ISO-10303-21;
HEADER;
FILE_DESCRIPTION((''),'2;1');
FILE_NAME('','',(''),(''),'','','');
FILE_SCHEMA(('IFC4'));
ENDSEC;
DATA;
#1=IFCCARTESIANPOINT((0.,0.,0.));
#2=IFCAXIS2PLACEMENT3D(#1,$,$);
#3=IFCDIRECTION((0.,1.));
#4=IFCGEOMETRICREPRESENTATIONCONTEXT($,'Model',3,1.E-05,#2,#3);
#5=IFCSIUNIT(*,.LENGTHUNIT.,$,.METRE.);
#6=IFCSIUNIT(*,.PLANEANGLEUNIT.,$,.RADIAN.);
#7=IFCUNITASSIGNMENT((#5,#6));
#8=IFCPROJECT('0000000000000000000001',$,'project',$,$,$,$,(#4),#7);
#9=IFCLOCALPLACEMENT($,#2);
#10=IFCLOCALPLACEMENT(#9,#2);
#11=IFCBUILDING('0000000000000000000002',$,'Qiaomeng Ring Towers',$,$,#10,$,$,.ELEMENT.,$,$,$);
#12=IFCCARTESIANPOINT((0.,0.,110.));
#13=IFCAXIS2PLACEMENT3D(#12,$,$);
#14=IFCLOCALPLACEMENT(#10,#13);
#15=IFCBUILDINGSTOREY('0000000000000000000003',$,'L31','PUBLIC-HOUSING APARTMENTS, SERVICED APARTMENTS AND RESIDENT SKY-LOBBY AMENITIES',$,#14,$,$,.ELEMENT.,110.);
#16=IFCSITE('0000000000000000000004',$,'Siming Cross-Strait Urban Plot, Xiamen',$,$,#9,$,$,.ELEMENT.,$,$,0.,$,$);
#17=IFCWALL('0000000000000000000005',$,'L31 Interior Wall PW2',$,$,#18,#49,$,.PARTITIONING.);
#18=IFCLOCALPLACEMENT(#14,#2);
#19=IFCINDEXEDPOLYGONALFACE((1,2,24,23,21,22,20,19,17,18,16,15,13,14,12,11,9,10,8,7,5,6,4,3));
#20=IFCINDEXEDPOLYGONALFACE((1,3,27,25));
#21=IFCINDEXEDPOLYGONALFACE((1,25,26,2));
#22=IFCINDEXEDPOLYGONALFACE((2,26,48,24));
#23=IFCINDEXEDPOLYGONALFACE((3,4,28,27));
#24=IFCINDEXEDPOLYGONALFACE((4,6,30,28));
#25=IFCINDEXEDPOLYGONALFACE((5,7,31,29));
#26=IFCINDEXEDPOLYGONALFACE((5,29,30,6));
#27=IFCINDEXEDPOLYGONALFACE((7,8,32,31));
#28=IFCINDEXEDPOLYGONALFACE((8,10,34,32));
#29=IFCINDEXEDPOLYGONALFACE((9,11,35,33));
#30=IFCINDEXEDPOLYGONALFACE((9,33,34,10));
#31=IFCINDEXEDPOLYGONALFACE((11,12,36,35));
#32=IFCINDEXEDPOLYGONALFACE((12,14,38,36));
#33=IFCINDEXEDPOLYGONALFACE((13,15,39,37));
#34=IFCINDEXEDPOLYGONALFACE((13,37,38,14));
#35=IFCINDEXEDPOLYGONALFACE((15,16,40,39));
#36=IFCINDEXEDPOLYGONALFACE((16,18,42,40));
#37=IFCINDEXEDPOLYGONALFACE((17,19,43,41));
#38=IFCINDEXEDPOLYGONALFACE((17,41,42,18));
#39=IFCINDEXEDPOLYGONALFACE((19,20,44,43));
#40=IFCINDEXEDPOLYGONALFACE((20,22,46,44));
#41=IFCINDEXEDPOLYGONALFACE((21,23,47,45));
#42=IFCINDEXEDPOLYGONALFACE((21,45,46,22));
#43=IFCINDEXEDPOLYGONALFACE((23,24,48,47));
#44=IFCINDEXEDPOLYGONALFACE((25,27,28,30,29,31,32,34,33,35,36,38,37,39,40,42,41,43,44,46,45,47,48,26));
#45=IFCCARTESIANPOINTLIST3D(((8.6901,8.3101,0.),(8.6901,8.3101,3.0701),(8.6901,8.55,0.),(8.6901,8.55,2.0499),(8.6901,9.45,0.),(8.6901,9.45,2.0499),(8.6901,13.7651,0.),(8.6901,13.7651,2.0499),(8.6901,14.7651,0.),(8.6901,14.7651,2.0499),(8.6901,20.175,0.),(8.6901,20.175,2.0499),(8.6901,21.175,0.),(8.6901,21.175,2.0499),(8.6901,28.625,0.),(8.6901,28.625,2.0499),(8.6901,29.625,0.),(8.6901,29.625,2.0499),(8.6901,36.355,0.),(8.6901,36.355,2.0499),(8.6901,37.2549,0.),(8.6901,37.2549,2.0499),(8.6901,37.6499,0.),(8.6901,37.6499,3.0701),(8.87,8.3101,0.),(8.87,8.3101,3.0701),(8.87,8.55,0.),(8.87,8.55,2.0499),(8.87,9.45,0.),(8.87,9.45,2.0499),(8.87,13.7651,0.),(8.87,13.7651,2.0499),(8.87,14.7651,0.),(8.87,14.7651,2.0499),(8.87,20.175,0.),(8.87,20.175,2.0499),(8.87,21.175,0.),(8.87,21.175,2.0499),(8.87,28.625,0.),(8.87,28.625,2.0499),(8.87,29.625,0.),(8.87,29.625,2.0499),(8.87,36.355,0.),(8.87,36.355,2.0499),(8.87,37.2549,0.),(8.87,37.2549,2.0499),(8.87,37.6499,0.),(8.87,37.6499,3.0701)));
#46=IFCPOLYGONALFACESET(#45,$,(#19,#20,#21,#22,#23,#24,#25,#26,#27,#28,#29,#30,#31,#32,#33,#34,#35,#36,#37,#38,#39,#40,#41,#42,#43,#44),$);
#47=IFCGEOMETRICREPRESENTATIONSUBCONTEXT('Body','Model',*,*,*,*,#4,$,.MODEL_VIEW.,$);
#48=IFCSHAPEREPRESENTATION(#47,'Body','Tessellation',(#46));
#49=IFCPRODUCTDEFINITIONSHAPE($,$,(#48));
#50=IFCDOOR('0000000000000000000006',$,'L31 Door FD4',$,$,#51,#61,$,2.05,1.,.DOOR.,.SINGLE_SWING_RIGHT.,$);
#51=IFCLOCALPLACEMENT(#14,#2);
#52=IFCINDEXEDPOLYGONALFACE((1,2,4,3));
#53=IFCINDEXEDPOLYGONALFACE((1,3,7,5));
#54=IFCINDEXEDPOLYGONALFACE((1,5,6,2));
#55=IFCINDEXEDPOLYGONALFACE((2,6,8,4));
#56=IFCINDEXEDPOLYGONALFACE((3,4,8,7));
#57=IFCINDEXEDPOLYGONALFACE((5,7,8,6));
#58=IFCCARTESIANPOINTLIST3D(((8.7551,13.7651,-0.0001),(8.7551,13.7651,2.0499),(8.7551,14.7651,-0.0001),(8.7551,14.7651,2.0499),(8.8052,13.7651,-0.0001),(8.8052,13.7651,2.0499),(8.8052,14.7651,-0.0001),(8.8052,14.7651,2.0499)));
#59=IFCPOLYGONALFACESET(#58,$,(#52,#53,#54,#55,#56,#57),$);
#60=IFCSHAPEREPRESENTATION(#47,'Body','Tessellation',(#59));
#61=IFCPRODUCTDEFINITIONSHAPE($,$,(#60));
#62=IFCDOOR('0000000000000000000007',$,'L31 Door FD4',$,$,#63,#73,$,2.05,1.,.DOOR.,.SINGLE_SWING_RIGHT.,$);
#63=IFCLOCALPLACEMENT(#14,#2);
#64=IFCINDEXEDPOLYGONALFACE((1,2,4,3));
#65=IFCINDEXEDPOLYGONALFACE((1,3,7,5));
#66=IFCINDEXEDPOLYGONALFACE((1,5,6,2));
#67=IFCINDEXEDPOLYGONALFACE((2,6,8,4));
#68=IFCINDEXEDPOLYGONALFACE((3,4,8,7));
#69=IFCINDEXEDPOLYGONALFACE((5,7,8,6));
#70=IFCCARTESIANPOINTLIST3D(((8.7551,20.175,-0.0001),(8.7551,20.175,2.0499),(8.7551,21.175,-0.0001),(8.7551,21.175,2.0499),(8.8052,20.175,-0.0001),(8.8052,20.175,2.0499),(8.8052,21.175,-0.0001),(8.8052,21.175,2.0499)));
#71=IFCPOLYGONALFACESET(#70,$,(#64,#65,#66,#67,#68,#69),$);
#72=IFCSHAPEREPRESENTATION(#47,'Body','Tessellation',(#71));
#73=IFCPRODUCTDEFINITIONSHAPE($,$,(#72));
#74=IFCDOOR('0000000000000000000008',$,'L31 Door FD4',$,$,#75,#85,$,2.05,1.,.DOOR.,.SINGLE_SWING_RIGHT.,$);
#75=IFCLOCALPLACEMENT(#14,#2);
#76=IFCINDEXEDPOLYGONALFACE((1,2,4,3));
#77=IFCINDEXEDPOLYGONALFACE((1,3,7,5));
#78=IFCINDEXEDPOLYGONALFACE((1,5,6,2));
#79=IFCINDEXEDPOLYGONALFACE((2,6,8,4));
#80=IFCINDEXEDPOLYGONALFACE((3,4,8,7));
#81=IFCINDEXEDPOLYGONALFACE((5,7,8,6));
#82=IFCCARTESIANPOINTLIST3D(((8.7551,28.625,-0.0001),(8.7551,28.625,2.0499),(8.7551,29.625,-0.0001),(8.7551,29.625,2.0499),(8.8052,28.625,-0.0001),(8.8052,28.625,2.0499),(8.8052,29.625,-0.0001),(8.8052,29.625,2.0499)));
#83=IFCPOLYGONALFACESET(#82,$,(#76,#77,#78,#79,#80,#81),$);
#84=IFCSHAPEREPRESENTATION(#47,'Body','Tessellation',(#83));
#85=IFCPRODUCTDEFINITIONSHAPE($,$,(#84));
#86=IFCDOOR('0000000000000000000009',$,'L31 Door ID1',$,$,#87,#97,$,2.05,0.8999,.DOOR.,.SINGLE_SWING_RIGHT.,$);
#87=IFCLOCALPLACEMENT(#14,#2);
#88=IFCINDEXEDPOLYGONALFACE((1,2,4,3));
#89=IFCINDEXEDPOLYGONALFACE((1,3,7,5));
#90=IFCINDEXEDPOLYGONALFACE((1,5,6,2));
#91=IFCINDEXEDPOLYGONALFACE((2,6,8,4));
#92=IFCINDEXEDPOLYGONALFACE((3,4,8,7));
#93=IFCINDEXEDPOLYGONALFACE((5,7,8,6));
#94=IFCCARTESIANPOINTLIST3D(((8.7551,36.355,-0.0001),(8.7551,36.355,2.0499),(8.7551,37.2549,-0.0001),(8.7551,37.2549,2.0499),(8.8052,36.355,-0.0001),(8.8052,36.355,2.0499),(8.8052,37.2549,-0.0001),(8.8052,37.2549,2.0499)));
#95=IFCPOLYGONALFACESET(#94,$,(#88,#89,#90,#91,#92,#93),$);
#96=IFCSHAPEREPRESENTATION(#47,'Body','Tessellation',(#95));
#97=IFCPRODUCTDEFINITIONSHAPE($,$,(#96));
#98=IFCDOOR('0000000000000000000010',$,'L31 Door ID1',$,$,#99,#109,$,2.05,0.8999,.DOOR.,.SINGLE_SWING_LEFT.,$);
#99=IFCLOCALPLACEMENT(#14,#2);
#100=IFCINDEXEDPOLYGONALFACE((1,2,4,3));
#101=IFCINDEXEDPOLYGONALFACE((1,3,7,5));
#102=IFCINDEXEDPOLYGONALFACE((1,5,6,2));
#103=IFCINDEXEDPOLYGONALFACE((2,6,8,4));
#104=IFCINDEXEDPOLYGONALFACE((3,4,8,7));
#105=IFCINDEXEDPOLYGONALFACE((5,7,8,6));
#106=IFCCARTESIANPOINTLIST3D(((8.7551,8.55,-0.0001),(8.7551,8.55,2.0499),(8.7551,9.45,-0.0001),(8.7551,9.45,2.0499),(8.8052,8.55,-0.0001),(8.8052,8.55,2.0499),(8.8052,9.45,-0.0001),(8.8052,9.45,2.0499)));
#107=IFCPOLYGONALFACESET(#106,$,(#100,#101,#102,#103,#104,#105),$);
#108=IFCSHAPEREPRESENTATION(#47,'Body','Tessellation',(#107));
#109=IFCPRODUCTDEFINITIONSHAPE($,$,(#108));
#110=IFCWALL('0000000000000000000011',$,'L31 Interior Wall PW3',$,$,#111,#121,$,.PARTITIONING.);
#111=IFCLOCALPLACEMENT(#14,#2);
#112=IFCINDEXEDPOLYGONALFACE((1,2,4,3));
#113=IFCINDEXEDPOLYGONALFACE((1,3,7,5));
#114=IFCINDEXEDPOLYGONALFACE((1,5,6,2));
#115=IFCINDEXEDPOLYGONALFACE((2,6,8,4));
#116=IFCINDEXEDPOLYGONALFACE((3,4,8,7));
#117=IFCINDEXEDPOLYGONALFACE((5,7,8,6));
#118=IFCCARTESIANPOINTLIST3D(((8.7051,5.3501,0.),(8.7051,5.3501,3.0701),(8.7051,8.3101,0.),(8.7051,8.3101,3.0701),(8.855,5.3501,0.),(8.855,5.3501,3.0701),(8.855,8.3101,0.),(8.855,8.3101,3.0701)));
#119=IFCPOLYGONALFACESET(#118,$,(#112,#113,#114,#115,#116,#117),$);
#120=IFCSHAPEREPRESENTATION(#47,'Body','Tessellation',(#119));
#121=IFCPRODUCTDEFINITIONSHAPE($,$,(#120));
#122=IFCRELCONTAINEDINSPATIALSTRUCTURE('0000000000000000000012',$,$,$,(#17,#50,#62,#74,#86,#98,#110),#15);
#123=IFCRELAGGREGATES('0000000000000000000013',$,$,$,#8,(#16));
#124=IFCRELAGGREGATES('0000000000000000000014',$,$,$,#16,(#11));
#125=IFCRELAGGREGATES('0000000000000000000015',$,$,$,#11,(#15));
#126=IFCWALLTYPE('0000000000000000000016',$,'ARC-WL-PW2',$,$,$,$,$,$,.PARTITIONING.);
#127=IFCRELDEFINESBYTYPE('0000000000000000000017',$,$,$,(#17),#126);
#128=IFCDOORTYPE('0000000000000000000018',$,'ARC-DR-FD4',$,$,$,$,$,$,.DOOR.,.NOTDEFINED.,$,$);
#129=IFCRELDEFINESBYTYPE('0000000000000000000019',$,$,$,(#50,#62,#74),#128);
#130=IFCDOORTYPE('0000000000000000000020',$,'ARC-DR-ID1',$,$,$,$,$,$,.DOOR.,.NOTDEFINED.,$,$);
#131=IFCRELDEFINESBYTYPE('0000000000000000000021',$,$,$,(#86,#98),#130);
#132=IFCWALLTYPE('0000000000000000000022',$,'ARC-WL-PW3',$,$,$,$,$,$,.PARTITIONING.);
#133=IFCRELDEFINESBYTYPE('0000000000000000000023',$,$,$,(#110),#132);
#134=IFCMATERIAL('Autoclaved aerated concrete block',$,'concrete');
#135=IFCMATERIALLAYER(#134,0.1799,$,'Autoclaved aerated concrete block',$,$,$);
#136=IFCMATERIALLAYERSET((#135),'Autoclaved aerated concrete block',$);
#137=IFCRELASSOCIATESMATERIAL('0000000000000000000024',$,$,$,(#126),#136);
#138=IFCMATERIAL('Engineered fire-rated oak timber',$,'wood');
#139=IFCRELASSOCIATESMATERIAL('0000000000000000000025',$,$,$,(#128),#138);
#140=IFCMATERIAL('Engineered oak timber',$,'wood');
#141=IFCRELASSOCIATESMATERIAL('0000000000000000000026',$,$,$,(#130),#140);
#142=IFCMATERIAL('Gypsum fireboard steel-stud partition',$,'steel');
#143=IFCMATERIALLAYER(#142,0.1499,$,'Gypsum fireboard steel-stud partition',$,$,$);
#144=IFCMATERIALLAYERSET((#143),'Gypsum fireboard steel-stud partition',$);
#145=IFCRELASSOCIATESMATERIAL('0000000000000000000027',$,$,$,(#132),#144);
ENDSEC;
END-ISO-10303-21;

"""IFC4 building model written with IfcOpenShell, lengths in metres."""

from ifc_helpers import new_model, si_unit, direction, frame, frame_2d, origin, place, context, subcontext, project, spatial, rectangle, extrude, source, transform, mapped, material, layer, layer_set, type_object, element, fill, save


model = new_model("IFC4")

# Units and contexts
model_context = context("Model", 3, precision=1e-05, world=origin(), true_north=direction((0.0, 1.0)))
body_context = subcontext(model_context, "Body", "Model", "MODEL_VIEW")
ifc_project = project(units=[si_unit("LENGTHUNIT", "METRE"), si_unit("PLANEANGLEUNIT", "RADIAN")], contexts=[model_context])

# Site, building, storey
site_placement = place(None, origin())
site = spatial("IfcSite", under=ifc_project, at=site_placement, Name="Siming Cross-Strait Urban Plot, Xiamen", CompositionType="ELEMENT", RefElevation=0.0)
building_placement = place(site_placement, origin())
building = spatial("IfcBuilding", under=site, at=building_placement, Name="Qiaomeng Ring Towers", CompositionType="ELEMENT")
storey_placement = place(building_placement, frame((0.0, 0.0, 110.0)))
storey = spatial("IfcBuildingStorey", under=building, at=storey_placement, Name="L31", Description="PUBLIC-HOUSING APARTMENTS, SERVICED APARTMENTS AND RESIDENT SKY-LOBBY AMENITIES", CompositionType="ELEMENT", Elevation=110.0)

# Wall, openings, doors
ifc_material_1 = material(Name="Autoclaved aerated concrete block", Category="concrete")
ifc_layer_1 = layer(ifc_material_1, 0.1799, Name="Autoclaved aerated concrete block")
ifc_layer_set_1 = layer_set([ifc_layer_1], Name="Autoclaved aerated concrete block")
wall_type_1 = type_object("IfcWallType", Name="ARC-WL-PW2", PredefinedType="PARTITIONING", material=ifc_layer_set_1)
ifc_material_2 = material(Name="Engineered fire-rated oak timber", Category="wood")
door_type_1 = type_object("IfcDoorType", Name="ARC-DR-FD4", OperationType="NOTDEFINED", PredefinedType="DOOR", material=ifc_material_2)
shared_shape_1 = source(origin(), body_context, "Body", "SweptSolid", [
    extrude(rectangle(XDim=1.0, YDim=2.05, at=frame_2d((0.5, 1.0249))), frame((0.0, 0.0249, 0.0), z_axis=(0.0, -1.0, 0.0), x_axis=(1.0, 0.0, 0.0)), (0.0, 0.0, 1.0), 0.05),
])
wall_1_placement = place(storey_placement, frame((8.78, 8.3101, 0.0), z_axis=(0.0, 0.0, 1.0), x_axis=(0.0, 1.0, 0.0)))
wall_1 = element("IfcWall", 1, at=wall_1_placement, inside=storey, type_object=wall_type_1, Name="L31 Interior Wall PW2", PredefinedType="PARTITIONING", context=body_context, shape_type="SweptSolid", body=[
    extrude(rectangle(XDim=29.3398, YDim=0.1799, at=frame_2d((14.6699, 0.0))), origin(), (0.0, 0.0, 1.0), 3.0701),
])
opening_1_placement = place(wall_1_placement, frame((28.0449, 0.0, 0.0)))
opening_1 = element("IfcOpeningElement", 2, at=opening_1_placement, cuts=wall_1, PredefinedType="OPENING", context=body_context, shape_type="SweptSolid", body=[
    extrude(rectangle(XDim=0.8999, YDim=2.05, at=frame_2d((0.45, 1.0249))), frame((0.0, 0.0999, 0.0), z_axis=(0.0, -1.0, 0.0), x_axis=(1.0, 0.0, 0.0)), (0.0, 0.0, 1.0), 0.2),
])
opening_2_placement = place(wall_1_placement, frame((0.24, 0.0, 0.0)))
opening_2 = element("IfcOpeningElement", 3, at=opening_2_placement, cuts=wall_1, PredefinedType="OPENING", context=body_context, shape_type="SweptSolid", body=[
    extrude(rectangle(XDim=0.8999, YDim=2.05, at=frame_2d((0.45, 1.0249))), frame((0.0, 0.0999, 0.0), z_axis=(0.0, -1.0, 0.0), x_axis=(1.0, 0.0, 0.0)), (0.0, 0.0, 1.0), 0.2),
])
opening_3_placement = place(wall_1_placement, frame((5.4551, 0.0, 0.0)))
opening_3 = element("IfcOpeningElement", 4, at=opening_3_placement, cuts=wall_1, PredefinedType="OPENING", context=body_context, shape_type="SweptSolid", body=[
    extrude(rectangle(XDim=1.0, YDim=2.05, at=frame_2d((0.5, 1.0249))), frame((0.0, 0.0999, 0.0), z_axis=(0.0, -1.0, 0.0), x_axis=(1.0, 0.0, 0.0)), (0.0, 0.0, 1.0), 0.2),
])
opening_4_placement = place(wall_1_placement, frame((11.865, 0.0, 0.0)))
opening_4 = element("IfcOpeningElement", 5, at=opening_4_placement, cuts=wall_1, PredefinedType="OPENING", context=body_context, shape_type="SweptSolid", body=[
    extrude(rectangle(XDim=1.0, YDim=2.05, at=frame_2d((0.5, 1.0249))), frame((0.0, 0.0999, 0.0), z_axis=(0.0, -1.0, 0.0), x_axis=(1.0, 0.0, 0.0)), (0.0, 0.0, 1.0), 0.2),
])
opening_5_placement = place(wall_1_placement, frame((20.3149, 0.0, 0.0)))
opening_5 = element("IfcOpeningElement", 6, at=opening_5_placement, cuts=wall_1, PredefinedType="OPENING", context=body_context, shape_type="SweptSolid", body=[
    extrude(rectangle(XDim=1.0, YDim=2.05, at=frame_2d((0.5, 1.0249))), frame((0.0, 0.0999, 0.0), z_axis=(0.0, -1.0, 0.0), x_axis=(1.0, 0.0, 0.0)), (0.0, 0.0, 1.0), 0.2),
])
door_1_placement = place(opening_3_placement, origin())
door_1 = element("IfcDoor", 7, at=door_1_placement, inside=storey, type_object=door_type_1, Name="L31 Door FD4", OperationType="SINGLE_SWING_RIGHT", OverallHeight=2.05, OverallWidth=1.0, PredefinedType="DOOR", context=body_context, shape_type="MappedRepresentation", body=[
    mapped(shared_shape_1, transform((0.0, 0.0, 0.0), x_axis=(1.0, 0.0, 0.0), y_axis=(0.0, 1.0, 0.0), z_axis=(0.0, 0.0, 1.0), scale=1.0)),
])
fill(opening_3, door_1)
door_2_placement = place(opening_4_placement, origin())
door_2 = element("IfcDoor", 8, at=door_2_placement, inside=storey, type_object=door_type_1, Name="L31 Door FD4", OperationType="SINGLE_SWING_RIGHT", OverallHeight=2.05, OverallWidth=1.0, PredefinedType="DOOR", context=body_context, shape_type="MappedRepresentation", body=[
    mapped(shared_shape_1, transform((0.0, 0.0, 0.0), x_axis=(1.0, 0.0, 0.0), y_axis=(0.0, 1.0, 0.0), z_axis=(0.0, 0.0, 1.0), scale=1.0)),
])
fill(opening_4, door_2)
door_3_placement = place(opening_5_placement, origin())
door_3 = element("IfcDoor", 9, at=door_3_placement, inside=storey, type_object=door_type_1, Name="L31 Door FD4", OperationType="SINGLE_SWING_RIGHT", OverallHeight=2.05, OverallWidth=1.0, PredefinedType="DOOR", context=body_context, shape_type="MappedRepresentation", body=[
    mapped(shared_shape_1, transform((0.0, 0.0, 0.0), x_axis=(1.0, 0.0, 0.0), y_axis=(0.0, 1.0, 0.0), z_axis=(0.0, 0.0, 1.0), scale=1.0)),
])
fill(opening_5, door_3)
ifc_material_3 = material(Name="Engineered oak timber", Category="wood")
door_type_2 = type_object("IfcDoorType", Name="ARC-DR-ID1", OperationType="NOTDEFINED", PredefinedType="DOOR", material=ifc_material_3)
shared_shape_2 = source(origin(), body_context, "Body", "SweptSolid", [
    extrude(rectangle(XDim=0.8999, YDim=2.05, at=frame_2d((0.45, 1.0249))), frame((0.0, 0.0249, 0.0), z_axis=(0.0, -1.0, 0.0), x_axis=(1.0, 0.0, 0.0)), (0.0, 0.0, 1.0), 0.05),
])
door_4_placement = place(opening_1_placement, origin())
door_4 = element("IfcDoor", 10, at=door_4_placement, inside=storey, type_object=door_type_2, Name="L31 Door ID1", OperationType="SINGLE_SWING_RIGHT", OverallHeight=2.05, OverallWidth=0.8999, PredefinedType="DOOR", context=body_context, shape_type="MappedRepresentation", body=[
    mapped(shared_shape_2, transform((0.0, 0.0, 0.0), x_axis=(1.0, 0.0, 0.0), y_axis=(0.0, 1.0, 0.0), z_axis=(0.0, 0.0, 1.0), scale=1.0)),
])
fill(opening_1, door_4)
door_5_placement = place(opening_2_placement, origin())
door_5 = element("IfcDoor", 11, at=door_5_placement, inside=storey, type_object=door_type_2, Name="L31 Door ID1", OperationType="SINGLE_SWING_LEFT", OverallHeight=2.05, OverallWidth=0.8999, PredefinedType="DOOR", context=body_context, shape_type="MappedRepresentation", body=[
    mapped(shared_shape_2, transform((0.0, 0.0, 0.0), x_axis=(1.0, 0.0, 0.0), y_axis=(0.0, 1.0, 0.0), z_axis=(0.0, 0.0, 1.0), scale=1.0)),
])
fill(opening_2, door_5)

# Wall
ifc_material_4 = material(Name="Gypsum fireboard steel-stud partition", Category="steel")
ifc_layer_2 = layer(ifc_material_4, 0.1499, Name="Gypsum fireboard steel-stud partition")
ifc_layer_set_2 = layer_set([ifc_layer_2], Name="Gypsum fireboard steel-stud partition")
wall_type_2 = type_object("IfcWallType", Name="ARC-WL-PW3", PredefinedType="PARTITIONING", material=ifc_layer_set_2)
wall_2_placement = place(storey_placement, frame((8.78, 5.3501, 0.0), z_axis=(0.0, 0.0, 1.0), x_axis=(0.0, 1.0, 0.0)))
element("IfcWall", 12, at=wall_2_placement, inside=storey, type_object=wall_type_2, Name="L31 Interior Wall PW3", PredefinedType="PARTITIONING", context=body_context, shape_type="SweptSolid", body=[
    extrude(rectangle(XDim=2.96, YDim=0.1499, at=frame_2d((1.48, 0.0))), origin(), (0.0, 0.0, 1.0), 3.0701),
])

save(model, "model.ifc")
